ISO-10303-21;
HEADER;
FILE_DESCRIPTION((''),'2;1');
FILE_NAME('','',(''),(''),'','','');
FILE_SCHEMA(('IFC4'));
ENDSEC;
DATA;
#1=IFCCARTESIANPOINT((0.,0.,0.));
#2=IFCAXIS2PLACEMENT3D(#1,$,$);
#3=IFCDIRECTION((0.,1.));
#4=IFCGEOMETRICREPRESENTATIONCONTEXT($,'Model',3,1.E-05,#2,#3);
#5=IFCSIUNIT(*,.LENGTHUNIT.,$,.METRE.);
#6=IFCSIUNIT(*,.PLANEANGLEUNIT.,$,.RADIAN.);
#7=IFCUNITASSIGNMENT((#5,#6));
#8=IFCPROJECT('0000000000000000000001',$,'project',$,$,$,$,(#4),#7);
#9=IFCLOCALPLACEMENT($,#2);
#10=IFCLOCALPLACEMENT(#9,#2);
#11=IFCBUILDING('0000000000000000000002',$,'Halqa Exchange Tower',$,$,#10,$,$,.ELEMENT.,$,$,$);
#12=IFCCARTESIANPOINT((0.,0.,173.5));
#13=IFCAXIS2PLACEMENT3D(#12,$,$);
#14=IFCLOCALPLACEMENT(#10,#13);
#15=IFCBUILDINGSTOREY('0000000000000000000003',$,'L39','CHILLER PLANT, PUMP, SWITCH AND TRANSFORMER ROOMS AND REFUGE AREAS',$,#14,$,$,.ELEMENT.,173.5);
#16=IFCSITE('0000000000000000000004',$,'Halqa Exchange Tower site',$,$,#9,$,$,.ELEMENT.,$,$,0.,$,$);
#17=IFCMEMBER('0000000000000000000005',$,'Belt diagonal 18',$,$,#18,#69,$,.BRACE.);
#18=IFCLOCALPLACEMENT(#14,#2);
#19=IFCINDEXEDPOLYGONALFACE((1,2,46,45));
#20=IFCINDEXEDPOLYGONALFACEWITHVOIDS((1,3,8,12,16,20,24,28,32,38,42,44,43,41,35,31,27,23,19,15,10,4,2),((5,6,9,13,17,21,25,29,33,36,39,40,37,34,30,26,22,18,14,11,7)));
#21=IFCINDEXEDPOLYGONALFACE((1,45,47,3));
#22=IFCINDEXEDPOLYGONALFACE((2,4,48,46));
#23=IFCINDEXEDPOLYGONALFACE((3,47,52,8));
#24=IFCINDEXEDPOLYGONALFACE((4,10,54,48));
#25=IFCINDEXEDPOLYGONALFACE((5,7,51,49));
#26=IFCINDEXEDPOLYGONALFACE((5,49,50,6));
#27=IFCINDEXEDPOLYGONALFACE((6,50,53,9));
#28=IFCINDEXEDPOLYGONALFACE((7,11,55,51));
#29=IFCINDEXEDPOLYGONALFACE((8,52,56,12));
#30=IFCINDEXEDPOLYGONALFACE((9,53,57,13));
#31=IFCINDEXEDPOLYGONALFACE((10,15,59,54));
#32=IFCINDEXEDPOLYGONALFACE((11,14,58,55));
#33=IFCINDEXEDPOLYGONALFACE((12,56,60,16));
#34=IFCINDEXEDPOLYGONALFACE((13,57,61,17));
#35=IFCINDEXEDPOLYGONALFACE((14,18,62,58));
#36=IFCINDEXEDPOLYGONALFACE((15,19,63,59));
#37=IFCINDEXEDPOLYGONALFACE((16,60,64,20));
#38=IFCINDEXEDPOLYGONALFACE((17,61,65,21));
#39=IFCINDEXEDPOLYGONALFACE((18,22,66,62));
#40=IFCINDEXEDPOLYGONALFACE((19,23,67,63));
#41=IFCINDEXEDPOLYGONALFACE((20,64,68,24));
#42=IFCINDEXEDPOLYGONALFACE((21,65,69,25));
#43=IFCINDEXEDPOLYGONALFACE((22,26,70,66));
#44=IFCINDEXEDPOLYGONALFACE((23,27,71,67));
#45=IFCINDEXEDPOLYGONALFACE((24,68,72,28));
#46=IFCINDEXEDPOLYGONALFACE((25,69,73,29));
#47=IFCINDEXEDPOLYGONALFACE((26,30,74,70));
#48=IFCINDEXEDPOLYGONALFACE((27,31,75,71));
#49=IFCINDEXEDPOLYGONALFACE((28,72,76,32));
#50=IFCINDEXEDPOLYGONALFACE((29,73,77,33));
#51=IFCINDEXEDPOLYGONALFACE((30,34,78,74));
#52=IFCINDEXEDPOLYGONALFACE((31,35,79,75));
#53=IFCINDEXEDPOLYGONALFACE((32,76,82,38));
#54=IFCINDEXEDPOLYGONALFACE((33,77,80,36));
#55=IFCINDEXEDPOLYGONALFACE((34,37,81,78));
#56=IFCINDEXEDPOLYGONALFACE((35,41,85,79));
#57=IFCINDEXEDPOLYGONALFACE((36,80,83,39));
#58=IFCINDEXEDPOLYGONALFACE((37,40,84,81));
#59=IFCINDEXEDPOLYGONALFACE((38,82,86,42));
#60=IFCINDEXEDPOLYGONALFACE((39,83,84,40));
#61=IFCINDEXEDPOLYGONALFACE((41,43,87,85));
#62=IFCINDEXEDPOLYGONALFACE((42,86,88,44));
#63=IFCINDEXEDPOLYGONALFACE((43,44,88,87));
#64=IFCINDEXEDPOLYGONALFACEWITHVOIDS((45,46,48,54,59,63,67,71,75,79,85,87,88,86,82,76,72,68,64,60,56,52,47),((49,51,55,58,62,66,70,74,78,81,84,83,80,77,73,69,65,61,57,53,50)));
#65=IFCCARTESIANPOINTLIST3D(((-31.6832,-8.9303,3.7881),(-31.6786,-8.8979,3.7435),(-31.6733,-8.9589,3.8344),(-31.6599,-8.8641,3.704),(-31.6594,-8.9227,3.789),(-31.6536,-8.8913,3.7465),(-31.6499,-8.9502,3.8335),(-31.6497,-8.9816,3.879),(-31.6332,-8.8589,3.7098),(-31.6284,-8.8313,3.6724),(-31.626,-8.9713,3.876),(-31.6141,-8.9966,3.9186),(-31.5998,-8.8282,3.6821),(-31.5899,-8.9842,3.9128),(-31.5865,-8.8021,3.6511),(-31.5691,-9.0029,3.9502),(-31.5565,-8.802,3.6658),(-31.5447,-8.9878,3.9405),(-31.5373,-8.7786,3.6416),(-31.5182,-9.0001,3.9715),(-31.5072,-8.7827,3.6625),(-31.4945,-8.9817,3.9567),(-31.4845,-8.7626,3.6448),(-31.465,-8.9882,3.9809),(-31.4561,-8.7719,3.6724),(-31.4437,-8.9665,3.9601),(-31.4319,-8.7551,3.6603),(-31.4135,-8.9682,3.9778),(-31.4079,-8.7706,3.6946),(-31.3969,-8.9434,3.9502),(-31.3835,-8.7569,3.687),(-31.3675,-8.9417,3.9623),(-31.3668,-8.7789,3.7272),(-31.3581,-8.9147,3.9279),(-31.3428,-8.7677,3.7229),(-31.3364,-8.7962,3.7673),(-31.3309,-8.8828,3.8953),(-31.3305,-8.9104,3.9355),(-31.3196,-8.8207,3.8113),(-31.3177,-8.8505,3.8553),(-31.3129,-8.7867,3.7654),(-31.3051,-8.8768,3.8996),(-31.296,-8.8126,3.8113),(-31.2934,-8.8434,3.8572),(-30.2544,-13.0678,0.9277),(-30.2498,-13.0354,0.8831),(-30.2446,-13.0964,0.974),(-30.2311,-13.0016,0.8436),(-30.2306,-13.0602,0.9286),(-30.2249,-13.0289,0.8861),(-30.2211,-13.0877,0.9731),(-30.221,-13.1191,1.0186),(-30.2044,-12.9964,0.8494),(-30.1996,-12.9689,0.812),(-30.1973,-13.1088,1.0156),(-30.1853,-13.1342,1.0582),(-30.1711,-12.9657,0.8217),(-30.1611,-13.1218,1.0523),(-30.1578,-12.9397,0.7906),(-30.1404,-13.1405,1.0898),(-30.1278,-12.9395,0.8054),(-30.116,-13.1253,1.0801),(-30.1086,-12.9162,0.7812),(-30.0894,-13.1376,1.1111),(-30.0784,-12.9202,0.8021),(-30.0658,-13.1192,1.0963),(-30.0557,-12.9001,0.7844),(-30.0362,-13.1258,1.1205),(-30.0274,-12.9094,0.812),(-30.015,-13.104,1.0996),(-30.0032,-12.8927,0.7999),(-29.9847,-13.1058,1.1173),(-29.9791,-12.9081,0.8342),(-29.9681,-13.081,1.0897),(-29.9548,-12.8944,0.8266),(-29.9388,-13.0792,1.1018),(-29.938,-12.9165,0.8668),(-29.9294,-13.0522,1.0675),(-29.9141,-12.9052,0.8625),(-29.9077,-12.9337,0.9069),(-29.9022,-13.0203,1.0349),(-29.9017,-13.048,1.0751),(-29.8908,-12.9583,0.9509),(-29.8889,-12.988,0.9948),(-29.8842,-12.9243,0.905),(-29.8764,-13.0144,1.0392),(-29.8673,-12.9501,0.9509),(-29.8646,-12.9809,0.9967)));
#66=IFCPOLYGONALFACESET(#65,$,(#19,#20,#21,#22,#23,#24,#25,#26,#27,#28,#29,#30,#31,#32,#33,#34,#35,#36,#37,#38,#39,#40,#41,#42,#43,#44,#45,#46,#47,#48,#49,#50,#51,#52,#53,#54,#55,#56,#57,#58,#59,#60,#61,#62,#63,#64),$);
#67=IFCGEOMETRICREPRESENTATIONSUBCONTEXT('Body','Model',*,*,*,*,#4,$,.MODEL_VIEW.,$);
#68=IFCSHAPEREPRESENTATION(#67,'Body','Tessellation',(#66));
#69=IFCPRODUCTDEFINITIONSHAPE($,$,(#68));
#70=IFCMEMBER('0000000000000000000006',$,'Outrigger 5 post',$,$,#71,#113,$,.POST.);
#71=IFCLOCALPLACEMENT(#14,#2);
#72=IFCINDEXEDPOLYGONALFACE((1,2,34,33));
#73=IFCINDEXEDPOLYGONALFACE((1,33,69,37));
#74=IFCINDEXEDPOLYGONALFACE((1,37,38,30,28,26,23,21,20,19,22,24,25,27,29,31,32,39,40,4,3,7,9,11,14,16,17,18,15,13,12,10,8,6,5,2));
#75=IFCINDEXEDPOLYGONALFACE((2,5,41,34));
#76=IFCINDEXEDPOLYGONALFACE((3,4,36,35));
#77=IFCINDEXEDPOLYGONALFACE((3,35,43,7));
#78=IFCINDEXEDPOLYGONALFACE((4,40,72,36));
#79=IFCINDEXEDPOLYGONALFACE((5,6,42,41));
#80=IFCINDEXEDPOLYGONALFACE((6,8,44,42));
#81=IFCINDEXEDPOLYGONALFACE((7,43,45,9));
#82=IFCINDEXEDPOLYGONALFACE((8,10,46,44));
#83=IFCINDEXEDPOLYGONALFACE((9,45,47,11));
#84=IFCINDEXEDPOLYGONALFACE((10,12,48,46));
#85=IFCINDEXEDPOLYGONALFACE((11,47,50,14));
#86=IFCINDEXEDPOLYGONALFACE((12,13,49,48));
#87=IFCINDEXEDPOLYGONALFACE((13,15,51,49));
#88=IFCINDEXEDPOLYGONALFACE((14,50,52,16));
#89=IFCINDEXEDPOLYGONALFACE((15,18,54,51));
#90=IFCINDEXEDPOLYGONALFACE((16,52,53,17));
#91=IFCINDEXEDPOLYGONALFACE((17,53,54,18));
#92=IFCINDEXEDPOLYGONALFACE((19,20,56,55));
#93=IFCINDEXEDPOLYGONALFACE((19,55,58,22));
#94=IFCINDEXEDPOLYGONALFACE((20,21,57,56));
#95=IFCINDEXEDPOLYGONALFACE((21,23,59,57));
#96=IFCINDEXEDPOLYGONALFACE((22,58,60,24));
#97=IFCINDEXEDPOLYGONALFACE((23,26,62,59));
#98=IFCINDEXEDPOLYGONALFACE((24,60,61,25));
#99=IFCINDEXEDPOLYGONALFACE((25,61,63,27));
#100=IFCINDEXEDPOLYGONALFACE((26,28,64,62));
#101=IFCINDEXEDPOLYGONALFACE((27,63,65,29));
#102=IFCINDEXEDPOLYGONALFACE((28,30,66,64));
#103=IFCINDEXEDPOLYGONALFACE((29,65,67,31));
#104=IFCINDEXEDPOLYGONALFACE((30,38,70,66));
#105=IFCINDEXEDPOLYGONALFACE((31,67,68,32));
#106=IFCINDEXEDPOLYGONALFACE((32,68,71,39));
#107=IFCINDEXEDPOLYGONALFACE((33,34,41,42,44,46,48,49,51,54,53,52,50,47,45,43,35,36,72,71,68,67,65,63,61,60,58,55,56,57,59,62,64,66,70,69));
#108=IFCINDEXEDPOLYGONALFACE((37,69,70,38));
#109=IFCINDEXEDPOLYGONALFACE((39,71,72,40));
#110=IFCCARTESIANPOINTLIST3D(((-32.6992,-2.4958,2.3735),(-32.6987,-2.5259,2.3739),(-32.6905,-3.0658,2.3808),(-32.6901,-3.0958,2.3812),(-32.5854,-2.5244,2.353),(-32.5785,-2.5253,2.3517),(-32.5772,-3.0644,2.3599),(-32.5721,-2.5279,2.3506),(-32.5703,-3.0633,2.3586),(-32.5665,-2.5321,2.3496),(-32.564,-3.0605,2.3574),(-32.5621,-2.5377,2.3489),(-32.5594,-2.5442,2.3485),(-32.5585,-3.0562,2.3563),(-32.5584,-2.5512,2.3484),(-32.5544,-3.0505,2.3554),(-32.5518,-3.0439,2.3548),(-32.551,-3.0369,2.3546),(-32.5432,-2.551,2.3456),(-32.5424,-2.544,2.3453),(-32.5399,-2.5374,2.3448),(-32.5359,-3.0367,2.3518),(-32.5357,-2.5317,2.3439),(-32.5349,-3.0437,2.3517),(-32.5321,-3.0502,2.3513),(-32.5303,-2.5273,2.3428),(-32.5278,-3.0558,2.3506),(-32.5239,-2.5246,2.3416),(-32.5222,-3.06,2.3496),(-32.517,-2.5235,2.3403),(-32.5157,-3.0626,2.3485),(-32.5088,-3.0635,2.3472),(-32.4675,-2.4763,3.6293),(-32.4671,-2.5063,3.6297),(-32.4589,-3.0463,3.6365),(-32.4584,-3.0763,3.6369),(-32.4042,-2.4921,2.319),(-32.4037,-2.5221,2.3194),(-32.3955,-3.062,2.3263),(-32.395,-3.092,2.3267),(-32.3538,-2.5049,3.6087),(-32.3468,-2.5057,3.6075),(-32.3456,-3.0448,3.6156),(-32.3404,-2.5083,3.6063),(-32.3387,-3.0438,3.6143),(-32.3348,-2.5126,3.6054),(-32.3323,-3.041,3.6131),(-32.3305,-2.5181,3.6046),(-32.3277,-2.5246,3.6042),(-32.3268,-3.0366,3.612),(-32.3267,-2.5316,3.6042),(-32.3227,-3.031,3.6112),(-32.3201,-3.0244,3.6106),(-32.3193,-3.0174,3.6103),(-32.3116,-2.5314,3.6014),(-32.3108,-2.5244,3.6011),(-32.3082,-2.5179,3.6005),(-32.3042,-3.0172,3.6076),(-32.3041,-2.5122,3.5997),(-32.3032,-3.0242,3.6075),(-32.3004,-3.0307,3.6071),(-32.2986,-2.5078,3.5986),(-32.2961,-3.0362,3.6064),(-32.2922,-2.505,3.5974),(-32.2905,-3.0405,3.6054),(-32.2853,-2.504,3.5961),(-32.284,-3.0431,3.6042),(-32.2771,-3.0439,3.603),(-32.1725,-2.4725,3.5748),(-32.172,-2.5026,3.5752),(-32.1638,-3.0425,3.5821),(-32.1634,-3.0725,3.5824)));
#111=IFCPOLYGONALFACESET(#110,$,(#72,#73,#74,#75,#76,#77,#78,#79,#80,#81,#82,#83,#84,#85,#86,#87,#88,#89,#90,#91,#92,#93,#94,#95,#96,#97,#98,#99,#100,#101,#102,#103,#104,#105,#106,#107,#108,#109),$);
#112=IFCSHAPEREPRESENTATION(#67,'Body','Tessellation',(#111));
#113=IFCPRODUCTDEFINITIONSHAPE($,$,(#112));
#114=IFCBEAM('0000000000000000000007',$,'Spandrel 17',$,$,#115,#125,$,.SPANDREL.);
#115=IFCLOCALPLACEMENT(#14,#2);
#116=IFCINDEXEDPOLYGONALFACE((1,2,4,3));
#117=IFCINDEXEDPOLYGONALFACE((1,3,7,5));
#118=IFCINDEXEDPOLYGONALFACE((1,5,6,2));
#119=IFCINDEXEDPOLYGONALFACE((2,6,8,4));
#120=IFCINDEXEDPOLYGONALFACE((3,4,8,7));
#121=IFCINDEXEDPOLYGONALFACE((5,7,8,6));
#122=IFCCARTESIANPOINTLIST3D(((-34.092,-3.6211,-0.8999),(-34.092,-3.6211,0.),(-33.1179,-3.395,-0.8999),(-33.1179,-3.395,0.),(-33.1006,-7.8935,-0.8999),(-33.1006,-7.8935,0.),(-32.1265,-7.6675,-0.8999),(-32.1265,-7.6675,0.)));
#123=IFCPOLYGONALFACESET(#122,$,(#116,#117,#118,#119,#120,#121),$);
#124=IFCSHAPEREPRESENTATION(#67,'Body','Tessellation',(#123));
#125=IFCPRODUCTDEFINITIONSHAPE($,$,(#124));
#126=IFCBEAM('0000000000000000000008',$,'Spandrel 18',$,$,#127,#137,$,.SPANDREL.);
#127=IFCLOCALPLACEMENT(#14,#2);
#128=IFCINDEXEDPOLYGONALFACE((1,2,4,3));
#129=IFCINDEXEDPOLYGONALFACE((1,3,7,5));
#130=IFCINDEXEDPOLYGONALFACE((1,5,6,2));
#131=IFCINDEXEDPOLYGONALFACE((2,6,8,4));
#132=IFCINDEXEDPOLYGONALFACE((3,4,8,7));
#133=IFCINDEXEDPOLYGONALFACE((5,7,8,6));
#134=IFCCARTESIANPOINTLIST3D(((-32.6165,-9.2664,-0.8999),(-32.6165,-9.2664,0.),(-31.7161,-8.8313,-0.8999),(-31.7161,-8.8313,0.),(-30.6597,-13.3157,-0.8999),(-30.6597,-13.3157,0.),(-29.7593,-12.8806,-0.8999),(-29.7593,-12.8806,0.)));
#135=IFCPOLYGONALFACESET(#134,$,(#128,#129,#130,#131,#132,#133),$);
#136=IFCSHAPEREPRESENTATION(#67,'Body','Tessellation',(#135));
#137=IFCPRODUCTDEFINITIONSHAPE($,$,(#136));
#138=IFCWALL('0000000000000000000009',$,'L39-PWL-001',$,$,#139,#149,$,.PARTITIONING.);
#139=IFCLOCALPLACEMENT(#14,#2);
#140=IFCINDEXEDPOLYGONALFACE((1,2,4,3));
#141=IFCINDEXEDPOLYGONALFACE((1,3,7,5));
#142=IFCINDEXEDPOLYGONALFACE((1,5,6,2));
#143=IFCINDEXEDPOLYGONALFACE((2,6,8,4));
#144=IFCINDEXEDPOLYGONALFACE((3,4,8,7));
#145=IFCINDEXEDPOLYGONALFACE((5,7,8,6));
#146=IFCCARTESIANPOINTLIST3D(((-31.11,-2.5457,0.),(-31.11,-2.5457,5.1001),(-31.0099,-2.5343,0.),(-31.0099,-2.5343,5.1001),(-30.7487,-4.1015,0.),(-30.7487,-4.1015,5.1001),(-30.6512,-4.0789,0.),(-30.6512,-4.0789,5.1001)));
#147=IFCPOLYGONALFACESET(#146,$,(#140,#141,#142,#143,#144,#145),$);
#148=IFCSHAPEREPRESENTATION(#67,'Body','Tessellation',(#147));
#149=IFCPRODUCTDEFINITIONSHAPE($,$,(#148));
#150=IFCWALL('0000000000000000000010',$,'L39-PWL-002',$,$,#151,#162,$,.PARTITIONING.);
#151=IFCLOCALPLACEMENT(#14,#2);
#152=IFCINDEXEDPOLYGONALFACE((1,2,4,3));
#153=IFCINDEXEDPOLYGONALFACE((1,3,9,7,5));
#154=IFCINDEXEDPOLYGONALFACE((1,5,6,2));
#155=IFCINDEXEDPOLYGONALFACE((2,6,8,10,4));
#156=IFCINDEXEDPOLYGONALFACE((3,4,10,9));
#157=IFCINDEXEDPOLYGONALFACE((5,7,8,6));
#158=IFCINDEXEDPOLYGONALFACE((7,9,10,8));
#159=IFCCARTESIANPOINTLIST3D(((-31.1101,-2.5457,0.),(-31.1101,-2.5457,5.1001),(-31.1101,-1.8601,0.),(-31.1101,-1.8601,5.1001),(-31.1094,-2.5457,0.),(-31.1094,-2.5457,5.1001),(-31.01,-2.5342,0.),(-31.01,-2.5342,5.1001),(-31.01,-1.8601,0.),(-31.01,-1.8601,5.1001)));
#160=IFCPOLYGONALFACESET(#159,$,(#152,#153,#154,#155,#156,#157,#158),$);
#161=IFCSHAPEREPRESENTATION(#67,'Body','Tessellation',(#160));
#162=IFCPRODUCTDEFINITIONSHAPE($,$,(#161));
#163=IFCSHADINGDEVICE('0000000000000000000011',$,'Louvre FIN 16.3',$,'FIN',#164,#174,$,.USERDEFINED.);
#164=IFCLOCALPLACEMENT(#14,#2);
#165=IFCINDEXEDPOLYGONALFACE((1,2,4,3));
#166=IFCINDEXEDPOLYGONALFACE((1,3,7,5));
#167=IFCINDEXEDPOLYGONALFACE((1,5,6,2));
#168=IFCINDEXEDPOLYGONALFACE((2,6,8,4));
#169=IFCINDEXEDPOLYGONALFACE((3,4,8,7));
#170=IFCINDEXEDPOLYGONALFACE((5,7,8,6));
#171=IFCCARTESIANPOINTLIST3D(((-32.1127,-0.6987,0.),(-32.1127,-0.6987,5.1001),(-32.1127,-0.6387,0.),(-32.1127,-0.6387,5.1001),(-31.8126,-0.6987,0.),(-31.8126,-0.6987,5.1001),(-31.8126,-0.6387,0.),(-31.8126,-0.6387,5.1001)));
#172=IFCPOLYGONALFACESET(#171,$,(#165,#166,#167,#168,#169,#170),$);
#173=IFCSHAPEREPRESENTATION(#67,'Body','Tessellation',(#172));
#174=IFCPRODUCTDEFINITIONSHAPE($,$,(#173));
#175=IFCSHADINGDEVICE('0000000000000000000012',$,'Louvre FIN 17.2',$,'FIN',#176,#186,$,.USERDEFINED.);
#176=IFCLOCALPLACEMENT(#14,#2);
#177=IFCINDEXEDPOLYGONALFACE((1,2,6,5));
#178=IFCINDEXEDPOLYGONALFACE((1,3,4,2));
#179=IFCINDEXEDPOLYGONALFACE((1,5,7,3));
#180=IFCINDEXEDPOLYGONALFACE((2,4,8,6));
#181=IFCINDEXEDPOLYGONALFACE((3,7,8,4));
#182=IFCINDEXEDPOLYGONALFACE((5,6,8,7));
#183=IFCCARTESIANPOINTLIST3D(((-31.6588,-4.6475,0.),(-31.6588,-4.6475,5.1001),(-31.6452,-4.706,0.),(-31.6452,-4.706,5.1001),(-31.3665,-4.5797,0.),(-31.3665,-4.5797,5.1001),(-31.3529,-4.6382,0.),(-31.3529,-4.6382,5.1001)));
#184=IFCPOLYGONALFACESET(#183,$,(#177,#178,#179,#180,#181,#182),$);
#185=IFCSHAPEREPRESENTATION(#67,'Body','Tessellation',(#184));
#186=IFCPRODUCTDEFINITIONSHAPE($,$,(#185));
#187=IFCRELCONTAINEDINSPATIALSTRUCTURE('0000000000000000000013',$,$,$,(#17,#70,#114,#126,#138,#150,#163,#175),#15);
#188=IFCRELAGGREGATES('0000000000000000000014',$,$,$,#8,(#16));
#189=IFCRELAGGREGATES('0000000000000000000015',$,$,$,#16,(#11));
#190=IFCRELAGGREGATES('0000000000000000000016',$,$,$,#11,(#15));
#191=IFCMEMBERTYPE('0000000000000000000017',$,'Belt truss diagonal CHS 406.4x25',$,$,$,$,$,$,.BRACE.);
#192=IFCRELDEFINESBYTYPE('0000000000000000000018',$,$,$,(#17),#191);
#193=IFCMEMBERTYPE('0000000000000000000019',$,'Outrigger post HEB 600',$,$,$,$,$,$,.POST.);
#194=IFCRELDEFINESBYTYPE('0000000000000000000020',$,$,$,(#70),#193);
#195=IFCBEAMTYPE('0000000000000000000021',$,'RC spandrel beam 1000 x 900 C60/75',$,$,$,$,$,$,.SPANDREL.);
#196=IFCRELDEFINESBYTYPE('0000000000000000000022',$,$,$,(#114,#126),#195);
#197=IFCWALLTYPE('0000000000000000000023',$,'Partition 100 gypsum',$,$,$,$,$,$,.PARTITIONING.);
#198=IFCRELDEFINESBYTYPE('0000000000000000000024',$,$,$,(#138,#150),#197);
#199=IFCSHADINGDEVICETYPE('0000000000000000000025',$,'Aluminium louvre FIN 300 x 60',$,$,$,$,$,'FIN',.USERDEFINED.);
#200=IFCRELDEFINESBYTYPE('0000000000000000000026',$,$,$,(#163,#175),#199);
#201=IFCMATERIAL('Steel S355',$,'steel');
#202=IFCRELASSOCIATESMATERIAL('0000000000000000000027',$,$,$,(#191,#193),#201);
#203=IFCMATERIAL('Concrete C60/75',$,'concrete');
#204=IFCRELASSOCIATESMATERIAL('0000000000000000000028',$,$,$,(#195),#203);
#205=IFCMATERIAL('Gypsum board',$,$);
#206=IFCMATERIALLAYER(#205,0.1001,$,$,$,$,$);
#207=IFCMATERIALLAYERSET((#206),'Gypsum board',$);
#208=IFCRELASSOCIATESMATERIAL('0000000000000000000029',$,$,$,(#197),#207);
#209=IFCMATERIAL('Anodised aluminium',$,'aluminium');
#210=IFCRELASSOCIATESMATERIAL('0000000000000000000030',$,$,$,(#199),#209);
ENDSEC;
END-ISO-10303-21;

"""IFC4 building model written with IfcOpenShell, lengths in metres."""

from ifc_helpers import new_model, si_unit, direction, frame, origin, origin_2d, place, context, subcontext, project, spatial, polyline, rectangle, hollow_circle, i_section, outline, extrude, material, layer, layer_set, material_profile, profile_set, type_object, element, save


model = new_model("IFC4")

# Units and contexts
model_context = context("Model", 3, precision=1e-05, world=origin(), true_north=direction((0.0, 1.0)))
body_context = subcontext(model_context, "Body", "Model", "MODEL_VIEW")
ifc_project = project(units=[si_unit("LENGTHUNIT", "METRE"), si_unit("PLANEANGLEUNIT", "RADIAN")], contexts=[model_context])

# Site, building, storey
site_placement = place(None, origin())
site = spatial("IfcSite", under=ifc_project, at=site_placement, Name="Halqa Exchange Tower site", CompositionType="ELEMENT", RefElevation=0.0)
building_placement = place(site_placement, origin())
building = spatial("IfcBuilding", under=site, at=building_placement, Name="Halqa Exchange Tower", CompositionType="ELEMENT")
storey_placement = place(building_placement, frame((0.0, 0.0, 173.5)))
storey = spatial("IfcBuildingStorey", under=building, at=storey_placement, Name="L39", Description="CHILLER PLANT, PUMP, SWITCH AND TRANSFORMER ROOMS AND REFUGE AREAS", CompositionType="ELEMENT", Elevation=173.5)

# Members
ifc_material_1 = material(Name="Steel S355", Category="steel")
ifc_material_profile_1 = material_profile(ifc_material_1, hollow_circle(Radius=0.2031, WallThickness=0.0249, at=origin_2d()), Name="CHS 406.4x25")
ifc_profile_set_1 = profile_set([ifc_material_profile_1], Name="Steel S355")
member_type_1 = type_object("IfcMemberType", Name="Belt truss diagonal CHS 406.4x25", PredefinedType="BRACE", material=ifc_profile_set_1)
member_1_placement = place(storey_placement, frame((-31.488, -8.8789, 3.8113), z_axis=(0.273234, -0.791267, -0.547028), x_axis=(0.945232, 0.3264, 0.0)))
element("IfcMember", 1, at=member_1_placement, inside=storey, type_object=member_type_1, Name="Belt diagonal 18", PredefinedType="BRACE", context=body_context, shape_type="SweptSolid", body=[
    extrude(hollow_circle(Radius=0.2031, WallThickness=0.0249, at=origin_2d()), origin(), (0.0, 0.0, 1.0), 5.229),
])
ifc_material_profile_2 = material_profile(ifc_material_1, i_section(OverallWidth=0.3, OverallDepth=0.6001, WebThickness=0.0154, FlangeThickness=0.03, FilletRadius=0.0271, at=origin_2d()), Name="HEB 600")
ifc_profile_set_2 = profile_set([ifc_material_profile_2], Name="Steel S355")
member_type_2 = type_object("IfcMemberType", Name="Outrigger post HEB 600", PredefinedType="POST", material=ifc_profile_set_2)
member_2_placement = place(storey_placement, frame((-32.5471, -2.7939, 2.3501), z_axis=(0.181404, 0.015292, 0.98329), x_axis=(0.983291, 0.012625, -0.181601)))
element("IfcMember", 2, at=member_2_placement, inside=storey, type_object=member_type_2, Name="Outrigger 5 post", PredefinedType="POST", context=body_context, shape_type="SweptSolid", body=[
    extrude(i_section(OverallWidth=0.3, OverallDepth=0.6001, WebThickness=0.0154, FlangeThickness=0.03, FilletRadius=0.0271, at=origin_2d()), origin(), (0.0, 0.0, 1.0), 1.2771),
])

# Beams
ifc_material_2 = material(Name="Concrete C60/75", Category="concrete")
ifc_material_profile_3 = material_profile(ifc_material_2, rectangle(XDim=1.0, YDim=0.8999, at=origin_2d()), Name="1000 x 900")
ifc_profile_set_3 = profile_set([ifc_material_profile_3], Name="Concrete C60/75")
beam_type = type_object("IfcBeamType", Name="RC spandrel beam 1000 x 900 C60/75", PredefinedType="SPANDREL", material=ifc_profile_set_3)
beam_1_placement = place(storey_placement, frame((-33.605, -3.5081, -0.45), z_axis=(0.22605, -0.974116, 0.0), x_axis=(0.974116, 0.22605, 0.0)))
element("IfcBeam", 3, at=beam_1_placement, inside=storey, type_object=beam_type, Name="Spandrel 17", PredefinedType="SPANDREL", context=body_context, shape_type="SweptSolid", body=[
    extrude(rectangle(XDim=1.0, YDim=0.8999, at=origin_2d()), origin(), (0.0, 0.0, 1.0), 4.386),
])
beam_2_placement = place(storey_placement, frame((-32.1663, -9.0488, -0.45), z_axis=(0.4351, -0.900382, 0.0), x_axis=(0.900382, 0.4351, 0.0)))
element("IfcBeam", 4, at=beam_2_placement, inside=storey, type_object=beam_type, Name="Spandrel 18", PredefinedType="SPANDREL", context=body_context, shape_type="SweptSolid", body=[
    extrude(rectangle(XDim=1.0, YDim=0.8999, at=origin_2d()), origin(), (0.0, 0.0, 1.0), 4.4973),
])

# Walls
ifc_material_3 = material(Name="Gypsum board")
ifc_layer_1 = layer(ifc_material_3, 0.1001)
ifc_layer_set_1 = layer_set([ifc_layer_1], Name="Gypsum board")
wall_type = type_object("IfcWallType", Name="Partition 100 gypsum", PredefinedType="PARTITIONING", material=ifc_layer_set_1)
wall_1_placement = place(storey_placement, frame((-31.0613, -2.5344, 0.0), z_axis=(0.0, 0.0, 1.0), x_axis=(0.226244, -0.974071, 0.0)))
element("IfcWall", 5, at=wall_1_placement, inside=storey, type_object=wall_type, Name="L39-PWL-001", PredefinedType="PARTITIONING", context=body_context, shape_type="SweptSolid", body=[
    extrude(outline(polyline([(1.5972, 0.05), (0.0115, 0.05), (0.0, -0.05), (0.0, -0.05), (1.5972, -0.05), (1.5972, 0.05)])), origin(), (0.0, 0.0, 1.0), 5.1001),
])
wall_2_placement = place(storey_placement, frame((-31.0601, -1.8601, 0.0), z_axis=(0.0, 0.0, 1.0), x_axis=(0.0, -1.0, 0.0)))
element("IfcWall", 6, at=wall_2_placement, inside=storey, type_object=wall_type, Name="L39-PWL-002", PredefinedType="PARTITIONING", context=body_context, shape_type="SweptSolid", body=[
    extrude(outline(polyline([(0.6855, -0.05), (0.6855, -0.0493), (0.6741, 0.05), (0.0, 0.05), (0.0, -0.05), (0.6855, -0.05)])), origin(), (0.0, 0.0, 1.0), 5.1001),
])

# Shading devices
ifc_material_4 = material(Name="Anodised aluminium", Category="aluminium")
ifc_material_profile_4 = material_profile(ifc_material_4, rectangle(XDim=0.3, YDim=0.0601, at=origin_2d()), Name="AL FIN 300x60")
ifc_profile_set_4 = profile_set([ifc_material_profile_4], Name="Anodised aluminium")
shading_device_type = type_object("IfcShadingDeviceType", Name="Aluminium louvre FIN 300 x 60", ElementType="FIN", PredefinedType="USERDEFINED", material=ifc_profile_set_4)
for number, where, z_axis, x_axis, name in (
    (7, (-31.9626, -0.6687, 0.0), (0.0, 0.0, 1.0), (1.0, 0.0, 0.0), "Louvre FIN 16.3"),
    (8, (-31.5059, -4.6428, 0.0), (0.0, 0.0, 1.0), (0.974112, 0.226066, 0.0), "Louvre FIN 17.2"),
):
    element("IfcShadingDevice", number, at=place(storey_placement, frame(where, z_axis=z_axis, x_axis=x_axis)), inside=storey, type_object=shading_device_type, Name=name, ObjectType="FIN", PredefinedType="USERDEFINED", context=body_context, shape_type="SweptSolid", body=[
        extrude(rectangle(XDim=0.3, YDim=0.0601, at=origin_2d()), origin(), (0.0, 0.0, 1.0), 5.1001),
    ])

save(model, "model.ifc")
